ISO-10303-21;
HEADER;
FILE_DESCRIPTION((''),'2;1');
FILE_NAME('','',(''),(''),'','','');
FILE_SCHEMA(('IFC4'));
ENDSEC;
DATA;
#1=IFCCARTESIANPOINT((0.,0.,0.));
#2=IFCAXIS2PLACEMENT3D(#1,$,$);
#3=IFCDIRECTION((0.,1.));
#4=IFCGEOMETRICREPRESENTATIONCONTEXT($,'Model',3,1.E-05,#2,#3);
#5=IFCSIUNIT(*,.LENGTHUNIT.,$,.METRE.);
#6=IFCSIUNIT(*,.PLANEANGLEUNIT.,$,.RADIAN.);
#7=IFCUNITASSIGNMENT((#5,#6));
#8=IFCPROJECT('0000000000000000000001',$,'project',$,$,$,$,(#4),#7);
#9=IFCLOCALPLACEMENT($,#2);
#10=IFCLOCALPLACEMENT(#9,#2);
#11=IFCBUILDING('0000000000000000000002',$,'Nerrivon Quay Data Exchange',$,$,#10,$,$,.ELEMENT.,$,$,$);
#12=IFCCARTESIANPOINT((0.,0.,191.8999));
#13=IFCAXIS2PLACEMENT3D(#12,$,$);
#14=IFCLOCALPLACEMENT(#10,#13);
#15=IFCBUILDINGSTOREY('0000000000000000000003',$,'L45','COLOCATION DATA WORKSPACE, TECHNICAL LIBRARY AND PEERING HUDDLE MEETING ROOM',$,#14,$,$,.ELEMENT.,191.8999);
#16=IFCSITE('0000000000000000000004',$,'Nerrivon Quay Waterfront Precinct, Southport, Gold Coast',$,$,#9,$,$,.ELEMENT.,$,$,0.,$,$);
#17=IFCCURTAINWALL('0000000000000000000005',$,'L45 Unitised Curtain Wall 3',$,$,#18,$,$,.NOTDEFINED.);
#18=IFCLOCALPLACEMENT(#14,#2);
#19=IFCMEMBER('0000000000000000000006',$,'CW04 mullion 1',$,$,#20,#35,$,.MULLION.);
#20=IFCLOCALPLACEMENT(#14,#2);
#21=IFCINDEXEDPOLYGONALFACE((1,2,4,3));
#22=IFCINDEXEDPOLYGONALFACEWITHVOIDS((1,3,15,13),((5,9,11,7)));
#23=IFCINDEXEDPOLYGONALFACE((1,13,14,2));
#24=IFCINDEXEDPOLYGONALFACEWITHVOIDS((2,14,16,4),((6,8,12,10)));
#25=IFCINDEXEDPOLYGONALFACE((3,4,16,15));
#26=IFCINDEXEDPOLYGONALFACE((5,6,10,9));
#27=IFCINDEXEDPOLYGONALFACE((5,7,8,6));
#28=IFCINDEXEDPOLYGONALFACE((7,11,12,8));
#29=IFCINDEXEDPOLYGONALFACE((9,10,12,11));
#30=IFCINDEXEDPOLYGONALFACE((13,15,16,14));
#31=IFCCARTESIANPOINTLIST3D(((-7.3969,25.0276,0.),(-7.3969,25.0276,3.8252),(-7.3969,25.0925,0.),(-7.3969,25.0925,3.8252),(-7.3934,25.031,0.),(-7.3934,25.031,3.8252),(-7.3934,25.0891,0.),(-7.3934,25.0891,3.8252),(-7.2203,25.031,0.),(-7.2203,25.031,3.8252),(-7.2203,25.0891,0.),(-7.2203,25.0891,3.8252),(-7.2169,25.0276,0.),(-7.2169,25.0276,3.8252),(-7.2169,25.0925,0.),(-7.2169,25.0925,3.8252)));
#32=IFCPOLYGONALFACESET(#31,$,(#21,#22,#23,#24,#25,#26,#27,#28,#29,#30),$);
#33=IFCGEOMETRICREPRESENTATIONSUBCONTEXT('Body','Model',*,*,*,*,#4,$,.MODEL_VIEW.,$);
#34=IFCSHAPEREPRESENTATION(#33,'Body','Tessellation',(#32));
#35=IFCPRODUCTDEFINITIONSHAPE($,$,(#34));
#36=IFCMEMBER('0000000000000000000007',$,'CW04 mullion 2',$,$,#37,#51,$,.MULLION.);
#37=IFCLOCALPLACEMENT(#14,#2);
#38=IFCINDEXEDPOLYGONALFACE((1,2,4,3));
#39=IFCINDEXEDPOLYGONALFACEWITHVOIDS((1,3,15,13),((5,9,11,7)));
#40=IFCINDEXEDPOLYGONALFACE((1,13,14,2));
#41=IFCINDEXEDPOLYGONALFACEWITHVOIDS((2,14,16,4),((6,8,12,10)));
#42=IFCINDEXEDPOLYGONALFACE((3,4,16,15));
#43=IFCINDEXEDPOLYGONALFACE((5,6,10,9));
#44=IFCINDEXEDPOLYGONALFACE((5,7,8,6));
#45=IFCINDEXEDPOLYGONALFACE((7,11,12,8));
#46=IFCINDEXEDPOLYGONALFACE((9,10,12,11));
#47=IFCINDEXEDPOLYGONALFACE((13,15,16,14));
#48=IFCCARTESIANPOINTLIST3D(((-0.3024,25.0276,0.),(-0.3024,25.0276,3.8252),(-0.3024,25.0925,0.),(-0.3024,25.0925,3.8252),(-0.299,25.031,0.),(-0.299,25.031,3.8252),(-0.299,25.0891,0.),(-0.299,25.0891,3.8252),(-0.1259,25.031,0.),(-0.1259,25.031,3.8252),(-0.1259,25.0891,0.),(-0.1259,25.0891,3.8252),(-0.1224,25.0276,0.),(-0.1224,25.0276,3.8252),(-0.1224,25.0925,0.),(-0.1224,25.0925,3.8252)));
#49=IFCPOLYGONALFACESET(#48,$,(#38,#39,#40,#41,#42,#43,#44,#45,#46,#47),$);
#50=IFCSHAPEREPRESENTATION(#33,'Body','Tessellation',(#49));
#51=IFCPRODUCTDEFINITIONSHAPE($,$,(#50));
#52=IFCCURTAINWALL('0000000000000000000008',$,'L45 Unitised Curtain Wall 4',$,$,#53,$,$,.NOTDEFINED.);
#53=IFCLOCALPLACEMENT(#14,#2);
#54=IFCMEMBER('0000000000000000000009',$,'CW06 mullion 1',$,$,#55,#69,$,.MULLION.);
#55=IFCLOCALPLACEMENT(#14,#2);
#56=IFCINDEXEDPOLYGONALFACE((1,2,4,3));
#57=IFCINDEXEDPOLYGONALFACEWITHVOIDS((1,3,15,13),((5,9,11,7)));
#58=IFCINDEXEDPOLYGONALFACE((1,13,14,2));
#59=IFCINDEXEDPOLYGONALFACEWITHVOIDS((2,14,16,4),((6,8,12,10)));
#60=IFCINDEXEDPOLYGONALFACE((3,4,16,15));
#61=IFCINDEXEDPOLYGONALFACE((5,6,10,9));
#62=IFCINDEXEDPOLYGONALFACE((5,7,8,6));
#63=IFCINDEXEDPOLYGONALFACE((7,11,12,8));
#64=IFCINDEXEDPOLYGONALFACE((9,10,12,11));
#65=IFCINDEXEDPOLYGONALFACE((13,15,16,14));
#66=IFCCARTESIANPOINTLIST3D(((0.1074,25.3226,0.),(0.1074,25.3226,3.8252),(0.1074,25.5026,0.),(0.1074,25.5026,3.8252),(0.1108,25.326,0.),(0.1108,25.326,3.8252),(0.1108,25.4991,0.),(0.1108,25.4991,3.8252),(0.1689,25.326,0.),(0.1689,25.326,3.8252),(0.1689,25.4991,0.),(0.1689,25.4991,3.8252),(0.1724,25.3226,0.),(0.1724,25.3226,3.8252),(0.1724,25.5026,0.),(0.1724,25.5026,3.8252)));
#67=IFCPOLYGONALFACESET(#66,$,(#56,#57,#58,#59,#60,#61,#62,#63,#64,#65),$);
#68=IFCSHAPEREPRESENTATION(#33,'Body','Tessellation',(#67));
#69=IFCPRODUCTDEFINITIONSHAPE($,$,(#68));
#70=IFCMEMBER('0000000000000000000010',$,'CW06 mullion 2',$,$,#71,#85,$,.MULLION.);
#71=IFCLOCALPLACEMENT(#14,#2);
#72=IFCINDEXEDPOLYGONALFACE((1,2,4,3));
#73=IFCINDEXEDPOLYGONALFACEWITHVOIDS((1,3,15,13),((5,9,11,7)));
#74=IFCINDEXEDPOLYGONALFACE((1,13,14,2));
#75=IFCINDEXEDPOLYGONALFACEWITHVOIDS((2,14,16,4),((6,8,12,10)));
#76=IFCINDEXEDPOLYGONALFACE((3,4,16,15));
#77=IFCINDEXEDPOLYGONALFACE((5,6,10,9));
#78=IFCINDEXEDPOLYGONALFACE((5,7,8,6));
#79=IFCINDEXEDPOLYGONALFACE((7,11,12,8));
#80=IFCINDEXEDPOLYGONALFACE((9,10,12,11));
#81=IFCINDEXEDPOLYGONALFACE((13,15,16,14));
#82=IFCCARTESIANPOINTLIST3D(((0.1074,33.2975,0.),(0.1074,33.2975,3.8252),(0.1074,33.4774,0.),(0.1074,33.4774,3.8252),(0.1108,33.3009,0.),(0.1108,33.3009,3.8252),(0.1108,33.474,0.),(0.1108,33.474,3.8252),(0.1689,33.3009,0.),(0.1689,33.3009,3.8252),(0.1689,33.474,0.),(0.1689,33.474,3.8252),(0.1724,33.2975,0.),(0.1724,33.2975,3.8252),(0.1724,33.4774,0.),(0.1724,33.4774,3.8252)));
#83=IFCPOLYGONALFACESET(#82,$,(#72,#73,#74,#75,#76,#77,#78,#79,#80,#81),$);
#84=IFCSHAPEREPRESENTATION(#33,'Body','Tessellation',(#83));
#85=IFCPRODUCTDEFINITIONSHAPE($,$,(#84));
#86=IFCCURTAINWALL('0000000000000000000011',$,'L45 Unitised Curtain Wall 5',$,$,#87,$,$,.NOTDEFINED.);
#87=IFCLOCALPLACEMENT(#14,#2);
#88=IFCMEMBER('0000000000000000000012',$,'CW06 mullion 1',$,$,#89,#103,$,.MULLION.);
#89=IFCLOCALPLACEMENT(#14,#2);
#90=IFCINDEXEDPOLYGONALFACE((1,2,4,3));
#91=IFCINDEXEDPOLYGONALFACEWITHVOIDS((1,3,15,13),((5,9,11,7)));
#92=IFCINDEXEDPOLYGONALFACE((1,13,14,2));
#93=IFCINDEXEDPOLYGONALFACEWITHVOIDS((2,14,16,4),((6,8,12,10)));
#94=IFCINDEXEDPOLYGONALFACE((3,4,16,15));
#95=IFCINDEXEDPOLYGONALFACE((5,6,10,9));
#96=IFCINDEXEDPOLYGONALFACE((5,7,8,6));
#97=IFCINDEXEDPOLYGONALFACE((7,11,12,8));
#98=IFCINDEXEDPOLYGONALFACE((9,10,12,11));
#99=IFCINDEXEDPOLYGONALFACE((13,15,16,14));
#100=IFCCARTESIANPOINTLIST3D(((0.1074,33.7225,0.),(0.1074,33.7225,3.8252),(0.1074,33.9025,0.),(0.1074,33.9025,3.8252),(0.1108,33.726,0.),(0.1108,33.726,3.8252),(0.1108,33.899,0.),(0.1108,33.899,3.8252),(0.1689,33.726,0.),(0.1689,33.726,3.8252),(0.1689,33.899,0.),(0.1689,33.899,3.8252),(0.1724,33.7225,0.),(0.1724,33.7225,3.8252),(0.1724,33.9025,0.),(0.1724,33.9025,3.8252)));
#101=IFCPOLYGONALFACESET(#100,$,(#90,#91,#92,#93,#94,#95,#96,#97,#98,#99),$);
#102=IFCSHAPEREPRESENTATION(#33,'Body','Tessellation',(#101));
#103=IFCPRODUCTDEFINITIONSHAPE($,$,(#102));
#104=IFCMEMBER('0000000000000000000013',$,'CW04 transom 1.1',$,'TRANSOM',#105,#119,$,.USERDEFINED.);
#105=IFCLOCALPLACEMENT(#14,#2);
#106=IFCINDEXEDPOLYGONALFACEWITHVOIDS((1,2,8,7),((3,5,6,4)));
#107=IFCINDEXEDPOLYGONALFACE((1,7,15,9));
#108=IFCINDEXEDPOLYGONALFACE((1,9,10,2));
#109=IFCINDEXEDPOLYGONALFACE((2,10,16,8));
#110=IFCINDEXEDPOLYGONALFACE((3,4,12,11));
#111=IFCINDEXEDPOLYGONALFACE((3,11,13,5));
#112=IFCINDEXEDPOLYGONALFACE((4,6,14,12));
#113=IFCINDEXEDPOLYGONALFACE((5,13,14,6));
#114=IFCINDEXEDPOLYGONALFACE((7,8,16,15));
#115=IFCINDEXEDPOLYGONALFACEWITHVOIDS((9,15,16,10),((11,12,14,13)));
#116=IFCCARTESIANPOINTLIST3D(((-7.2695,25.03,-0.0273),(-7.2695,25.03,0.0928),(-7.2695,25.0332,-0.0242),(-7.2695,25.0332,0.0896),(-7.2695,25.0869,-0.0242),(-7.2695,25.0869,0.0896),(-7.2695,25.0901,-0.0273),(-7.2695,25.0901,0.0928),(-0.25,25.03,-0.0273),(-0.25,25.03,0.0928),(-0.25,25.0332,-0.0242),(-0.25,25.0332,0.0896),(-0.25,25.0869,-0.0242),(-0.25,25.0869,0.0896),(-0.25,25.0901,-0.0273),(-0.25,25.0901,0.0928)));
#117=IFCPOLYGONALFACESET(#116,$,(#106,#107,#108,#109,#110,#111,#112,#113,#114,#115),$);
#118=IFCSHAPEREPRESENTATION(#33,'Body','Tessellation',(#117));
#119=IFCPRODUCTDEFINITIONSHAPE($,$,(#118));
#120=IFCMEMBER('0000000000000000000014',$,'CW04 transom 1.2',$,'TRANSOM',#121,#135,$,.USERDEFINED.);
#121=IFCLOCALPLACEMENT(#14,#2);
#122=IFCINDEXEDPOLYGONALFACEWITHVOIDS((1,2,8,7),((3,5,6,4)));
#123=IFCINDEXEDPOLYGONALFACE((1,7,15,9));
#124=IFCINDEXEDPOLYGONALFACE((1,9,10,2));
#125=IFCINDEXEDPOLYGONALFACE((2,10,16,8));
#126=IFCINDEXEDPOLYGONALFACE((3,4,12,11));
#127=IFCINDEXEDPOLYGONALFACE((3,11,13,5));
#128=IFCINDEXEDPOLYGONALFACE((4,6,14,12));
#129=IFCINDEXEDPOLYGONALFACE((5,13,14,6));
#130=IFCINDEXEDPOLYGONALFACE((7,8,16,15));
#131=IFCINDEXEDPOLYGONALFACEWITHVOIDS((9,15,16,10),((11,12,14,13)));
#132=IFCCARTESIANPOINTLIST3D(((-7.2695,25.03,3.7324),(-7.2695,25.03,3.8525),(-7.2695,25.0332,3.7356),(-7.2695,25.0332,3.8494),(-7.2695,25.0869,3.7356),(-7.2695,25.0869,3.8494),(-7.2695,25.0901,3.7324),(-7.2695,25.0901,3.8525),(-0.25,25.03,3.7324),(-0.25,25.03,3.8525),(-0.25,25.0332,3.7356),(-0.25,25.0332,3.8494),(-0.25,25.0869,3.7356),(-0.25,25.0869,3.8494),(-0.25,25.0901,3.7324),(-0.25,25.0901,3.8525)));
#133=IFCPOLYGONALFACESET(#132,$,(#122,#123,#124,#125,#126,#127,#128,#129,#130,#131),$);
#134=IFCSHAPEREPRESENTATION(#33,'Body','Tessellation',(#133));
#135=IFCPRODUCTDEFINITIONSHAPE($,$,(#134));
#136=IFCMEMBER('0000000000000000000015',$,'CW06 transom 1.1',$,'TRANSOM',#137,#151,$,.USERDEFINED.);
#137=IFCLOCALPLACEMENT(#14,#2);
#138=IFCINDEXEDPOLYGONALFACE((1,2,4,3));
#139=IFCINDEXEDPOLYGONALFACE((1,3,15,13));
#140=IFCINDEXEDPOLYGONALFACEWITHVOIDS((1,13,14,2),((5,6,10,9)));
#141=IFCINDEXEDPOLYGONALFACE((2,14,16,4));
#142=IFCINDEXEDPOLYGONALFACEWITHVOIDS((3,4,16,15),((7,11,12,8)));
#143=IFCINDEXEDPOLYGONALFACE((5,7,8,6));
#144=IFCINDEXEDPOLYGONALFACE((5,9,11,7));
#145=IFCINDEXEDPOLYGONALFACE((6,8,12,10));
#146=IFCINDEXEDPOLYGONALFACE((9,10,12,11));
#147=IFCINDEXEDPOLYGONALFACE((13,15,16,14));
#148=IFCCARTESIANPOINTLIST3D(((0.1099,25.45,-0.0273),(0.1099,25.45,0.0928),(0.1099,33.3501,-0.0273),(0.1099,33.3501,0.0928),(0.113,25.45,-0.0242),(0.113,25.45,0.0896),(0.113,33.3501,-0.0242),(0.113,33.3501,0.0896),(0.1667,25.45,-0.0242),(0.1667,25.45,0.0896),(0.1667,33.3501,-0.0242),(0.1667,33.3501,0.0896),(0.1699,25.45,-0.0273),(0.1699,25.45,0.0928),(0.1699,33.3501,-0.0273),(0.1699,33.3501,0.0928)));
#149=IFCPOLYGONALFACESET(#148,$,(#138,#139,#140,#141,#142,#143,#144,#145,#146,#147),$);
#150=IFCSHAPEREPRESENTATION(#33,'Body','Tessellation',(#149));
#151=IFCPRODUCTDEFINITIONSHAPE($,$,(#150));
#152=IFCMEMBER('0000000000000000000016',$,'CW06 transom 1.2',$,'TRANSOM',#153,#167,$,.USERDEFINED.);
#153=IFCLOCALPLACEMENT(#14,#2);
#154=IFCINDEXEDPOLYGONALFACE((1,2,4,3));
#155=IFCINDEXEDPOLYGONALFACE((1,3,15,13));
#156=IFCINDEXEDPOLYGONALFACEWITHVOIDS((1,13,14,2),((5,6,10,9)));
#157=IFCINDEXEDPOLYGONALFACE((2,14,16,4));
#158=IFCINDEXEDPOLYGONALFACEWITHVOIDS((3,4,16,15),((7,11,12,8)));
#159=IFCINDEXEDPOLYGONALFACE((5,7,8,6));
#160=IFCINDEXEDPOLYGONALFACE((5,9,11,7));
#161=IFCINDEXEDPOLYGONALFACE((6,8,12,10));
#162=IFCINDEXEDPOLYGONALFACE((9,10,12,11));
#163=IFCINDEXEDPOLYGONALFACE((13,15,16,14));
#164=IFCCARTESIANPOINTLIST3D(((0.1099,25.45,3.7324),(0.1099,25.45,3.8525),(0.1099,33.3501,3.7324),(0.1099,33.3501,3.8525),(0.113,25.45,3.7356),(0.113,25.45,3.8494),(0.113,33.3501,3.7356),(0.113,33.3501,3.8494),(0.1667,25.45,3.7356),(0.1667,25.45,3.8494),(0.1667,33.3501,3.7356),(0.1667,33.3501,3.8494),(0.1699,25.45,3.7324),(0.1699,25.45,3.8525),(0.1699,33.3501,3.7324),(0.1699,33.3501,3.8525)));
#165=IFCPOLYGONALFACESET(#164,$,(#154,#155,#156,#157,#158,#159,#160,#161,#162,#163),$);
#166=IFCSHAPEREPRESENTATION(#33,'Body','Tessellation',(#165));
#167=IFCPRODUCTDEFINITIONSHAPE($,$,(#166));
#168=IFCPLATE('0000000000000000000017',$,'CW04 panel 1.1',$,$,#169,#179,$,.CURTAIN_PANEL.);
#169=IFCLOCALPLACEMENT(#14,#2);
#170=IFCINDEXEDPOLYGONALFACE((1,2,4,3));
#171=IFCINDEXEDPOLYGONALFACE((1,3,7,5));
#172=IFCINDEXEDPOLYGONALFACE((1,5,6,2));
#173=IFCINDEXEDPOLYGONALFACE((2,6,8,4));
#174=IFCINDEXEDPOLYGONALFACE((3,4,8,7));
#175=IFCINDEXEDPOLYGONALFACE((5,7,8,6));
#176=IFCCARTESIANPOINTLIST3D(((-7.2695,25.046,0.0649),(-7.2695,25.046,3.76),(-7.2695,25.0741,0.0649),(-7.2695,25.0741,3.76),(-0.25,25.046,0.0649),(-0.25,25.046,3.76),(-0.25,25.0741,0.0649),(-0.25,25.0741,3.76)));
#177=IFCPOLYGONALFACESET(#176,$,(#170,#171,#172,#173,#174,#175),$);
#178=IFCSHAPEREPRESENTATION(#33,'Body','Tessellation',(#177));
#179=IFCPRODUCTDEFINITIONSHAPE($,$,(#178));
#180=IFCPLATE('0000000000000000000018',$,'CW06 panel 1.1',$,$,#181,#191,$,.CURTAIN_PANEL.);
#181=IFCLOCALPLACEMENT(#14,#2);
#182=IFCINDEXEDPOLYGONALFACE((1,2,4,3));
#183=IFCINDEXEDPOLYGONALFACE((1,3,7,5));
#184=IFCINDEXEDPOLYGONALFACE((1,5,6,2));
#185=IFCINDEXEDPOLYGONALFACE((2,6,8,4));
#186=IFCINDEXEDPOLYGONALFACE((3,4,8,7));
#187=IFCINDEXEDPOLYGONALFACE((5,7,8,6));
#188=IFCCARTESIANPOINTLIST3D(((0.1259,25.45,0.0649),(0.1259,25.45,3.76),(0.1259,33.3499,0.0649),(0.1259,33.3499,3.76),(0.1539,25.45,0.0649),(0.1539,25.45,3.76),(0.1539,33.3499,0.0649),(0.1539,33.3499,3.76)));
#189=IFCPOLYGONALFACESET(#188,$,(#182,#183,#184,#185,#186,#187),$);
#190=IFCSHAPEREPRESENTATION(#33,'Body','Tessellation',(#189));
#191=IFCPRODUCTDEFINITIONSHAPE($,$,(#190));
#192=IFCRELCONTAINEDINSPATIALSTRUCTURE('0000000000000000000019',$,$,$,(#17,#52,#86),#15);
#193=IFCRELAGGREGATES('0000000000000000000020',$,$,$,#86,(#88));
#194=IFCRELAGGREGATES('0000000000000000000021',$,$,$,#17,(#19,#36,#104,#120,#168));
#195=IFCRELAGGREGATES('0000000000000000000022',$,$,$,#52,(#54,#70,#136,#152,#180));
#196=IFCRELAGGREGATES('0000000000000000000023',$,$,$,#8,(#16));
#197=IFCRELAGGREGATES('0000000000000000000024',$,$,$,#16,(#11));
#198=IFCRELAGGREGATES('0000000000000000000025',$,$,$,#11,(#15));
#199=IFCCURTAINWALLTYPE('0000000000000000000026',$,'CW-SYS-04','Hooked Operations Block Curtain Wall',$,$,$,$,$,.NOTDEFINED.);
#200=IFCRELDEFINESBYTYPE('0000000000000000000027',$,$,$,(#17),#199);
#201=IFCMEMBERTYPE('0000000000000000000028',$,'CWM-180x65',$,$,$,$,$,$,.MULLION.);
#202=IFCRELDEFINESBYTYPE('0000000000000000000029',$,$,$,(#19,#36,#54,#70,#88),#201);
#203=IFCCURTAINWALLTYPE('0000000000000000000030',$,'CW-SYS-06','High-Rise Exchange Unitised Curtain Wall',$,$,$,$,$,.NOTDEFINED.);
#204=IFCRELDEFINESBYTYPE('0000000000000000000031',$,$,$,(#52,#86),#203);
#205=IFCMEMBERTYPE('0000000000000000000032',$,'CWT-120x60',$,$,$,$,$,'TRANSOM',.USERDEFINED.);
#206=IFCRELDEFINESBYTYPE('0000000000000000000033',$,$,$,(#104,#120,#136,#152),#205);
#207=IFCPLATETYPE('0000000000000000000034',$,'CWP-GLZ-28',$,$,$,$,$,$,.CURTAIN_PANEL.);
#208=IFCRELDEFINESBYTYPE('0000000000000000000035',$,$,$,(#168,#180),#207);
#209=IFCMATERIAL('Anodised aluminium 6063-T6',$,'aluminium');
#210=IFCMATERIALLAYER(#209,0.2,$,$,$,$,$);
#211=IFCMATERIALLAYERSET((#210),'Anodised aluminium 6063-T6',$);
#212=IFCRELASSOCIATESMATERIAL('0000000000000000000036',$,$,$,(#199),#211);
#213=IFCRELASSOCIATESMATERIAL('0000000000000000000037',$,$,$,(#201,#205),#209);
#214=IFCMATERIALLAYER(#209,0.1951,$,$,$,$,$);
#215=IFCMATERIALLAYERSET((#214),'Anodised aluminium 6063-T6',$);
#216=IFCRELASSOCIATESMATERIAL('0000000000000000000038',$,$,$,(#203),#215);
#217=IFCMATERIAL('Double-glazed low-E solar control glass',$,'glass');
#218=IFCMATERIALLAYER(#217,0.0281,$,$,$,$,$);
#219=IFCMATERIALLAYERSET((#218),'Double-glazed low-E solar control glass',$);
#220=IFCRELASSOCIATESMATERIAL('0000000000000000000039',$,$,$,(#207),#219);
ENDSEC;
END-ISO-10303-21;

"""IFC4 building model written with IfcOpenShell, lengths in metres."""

from ifc_helpers import new_model, si_unit, direction, frame, origin, origin_2d, place, context, subcontext, project, spatial, rectangle, hollow_rectangle, extrude, material, layer, layer_set, material_profile, profile_set, type_object, element, aggregate, save


model = new_model("IFC4")

# Units and contexts
model_context = context("Model", 3, precision=1e-05, world=origin(), true_north=direction((0.0, 1.0)))
body_context = subcontext(model_context, "Body", "Model", "MODEL_VIEW")
ifc_project = project(units=[si_unit("LENGTHUNIT", "METRE"), si_unit("PLANEANGLEUNIT", "RADIAN")], contexts=[model_context])

# Site, building, storey
site_placement = place(None, origin())
site = spatial("IfcSite", under=ifc_project, at=site_placement, Name="Nerrivon Quay Waterfront Precinct, Southport, Gold Coast", CompositionType="ELEMENT", RefElevation=0.0)
building_placement = place(site_placement, origin())
building = spatial("IfcBuilding", under=site, at=building_placement, Name="Nerrivon Quay Data Exchange", CompositionType="ELEMENT")
storey_placement = place(building_placement, frame((0.0, 0.0, 191.8999)))
storey = spatial("IfcBuildingStorey", under=building, at=storey_placement, Name="L45", Description="COLOCATION DATA WORKSPACE, TECHNICAL LIBRARY AND PEERING HUDDLE MEETING ROOM", CompositionType="ELEMENT", Elevation=191.8999)

# Curtain walls, members
ifc_material_1 = material(Name="Anodised aluminium 6063-T6", Category="aluminium")
ifc_layer_1 = layer(ifc_material_1, 0.2)
ifc_layer_set_1 = layer_set([ifc_layer_1], Name="Anodised aluminium 6063-T6")
curtain_wall_type_1 = type_object("IfcCurtainWallType", Name="CW-SYS-04", Description="Hooked Operations Block Curtain Wall", PredefinedType="NOTDEFINED", material=ifc_layer_set_1)
curtain_wall_1_placement = place(storey_placement, origin())
curtain_wall_1 = element("IfcCurtainWall", 1, at=curtain_wall_1_placement, inside=storey, type_object=curtain_wall_type_1, Name="L45 Unitised Curtain Wall 3", PredefinedType="NOTDEFINED")
ifc_material_profile_1 = material_profile(ifc_material_1, hollow_rectangle(XDim=0.0649, YDim=0.1799, WallThickness=0.0034, at=origin_2d()), Name="ALU-MULL-180x65")
ifc_profile_set_1 = profile_set([ifc_material_profile_1], Name="Anodised aluminium 6063-T6")
member_type_1 = type_object("IfcMemberType", Name="CWM-180x65", PredefinedType="MULLION", material=ifc_profile_set_1)
member_1_placement = place(storey_placement, frame((-7.3069, 25.0601, 0.0), z_axis=(0.0, 0.0, 1.0), x_axis=(0.0, 1.0, 0.0)))
member_1 = element("IfcMember", 2, at=member_1_placement, type_object=member_type_1, Name="CW04 mullion 1", PredefinedType="MULLION", context=body_context, shape_type="SweptSolid", body=[
    extrude(hollow_rectangle(XDim=0.0649, YDim=0.1799, WallThickness=0.0034, at=origin_2d()), origin(), (0.0, 0.0, 1.0), 3.8252),
])
member_2_placement = place(storey_placement, frame((-0.2124, 25.0601, 0.0), z_axis=(0.0, 0.0, 1.0), x_axis=(0.0, 1.0, 0.0)))
member_2 = element("IfcMember", 3, at=member_2_placement, type_object=member_type_1, Name="CW04 mullion 2", PredefinedType="MULLION", context=body_context, shape_type="SweptSolid", body=[
    extrude(hollow_rectangle(XDim=0.0649, YDim=0.1799, WallThickness=0.0034, at=origin_2d()), origin(), (0.0, 0.0, 1.0), 3.8252),
])
ifc_layer_2 = layer(ifc_material_1, 0.1951)
ifc_layer_set_2 = layer_set([ifc_layer_2], Name="Anodised aluminium 6063-T6")
curtain_wall_type_2 = type_object("IfcCurtainWallType", Name="CW-SYS-06", Description="High-Rise Exchange Unitised Curtain Wall", PredefinedType="NOTDEFINED", material=ifc_layer_set_2)
curtain_wall_2_placement = place(storey_placement, origin())
curtain_wall_2 = element("IfcCurtainWall", 4, at=curtain_wall_2_placement, inside=storey, type_object=curtain_wall_type_2, Name="L45 Unitised Curtain Wall 4", PredefinedType="NOTDEFINED")
member_3_placement = place(storey_placement, frame((0.1399, 25.4126, 0.0), z_axis=(0.0, 0.0, 1.0), x_axis=(-1.0, 0.0, 0.0)))
member_3 = element("IfcMember", 5, at=member_3_placement, type_object=member_type_1, Name="CW06 mullion 1", PredefinedType="MULLION", context=body_context, shape_type="SweptSolid", body=[
    extrude(hollow_rectangle(XDim=0.0649, YDim=0.1799, WallThickness=0.0034, at=origin_2d()), origin(), (0.0, 0.0, 1.0), 3.8252),
])
member_4_placement = place(storey_placement, frame((0.1399, 33.3875, 0.0), z_axis=(0.0, 0.0, 1.0), x_axis=(-1.0, 0.0, 0.0)))
member_4 = element("IfcMember", 6, at=member_4_placement, type_object=member_type_1, Name="CW06 mullion 2", PredefinedType="MULLION", context=body_context, shape_type="SweptSolid", body=[
    extrude(hollow_rectangle(XDim=0.0649, YDim=0.1799, WallThickness=0.0034, at=origin_2d()), origin(), (0.0, 0.0, 1.0), 3.8252),
])

# Curtain wall, member
curtain_wall_3_placement = place(storey_placement, origin())
curtain_wall_3 = element("IfcCurtainWall", 7, at=curtain_wall_3_placement, inside=storey, type_object=curtain_wall_type_2, Name="L45 Unitised Curtain Wall 5", PredefinedType="NOTDEFINED")
member_5_placement = place(storey_placement, frame((0.1399, 33.8125, 0.0), z_axis=(0.0, 0.0, 1.0), x_axis=(-1.0, 0.0, 0.0)))
member_5 = element("IfcMember", 8, at=member_5_placement, type_object=member_type_1, Name="CW06 mullion 1", PredefinedType="MULLION", context=body_context, shape_type="SweptSolid", body=[
    extrude(hollow_rectangle(XDim=0.0649, YDim=0.1799, WallThickness=0.0034, at=origin_2d()), origin(), (0.0, 0.0, 1.0), 3.8252),
])
aggregate(curtain_wall_3, [member_5])

# Members
ifc_material_profile_2 = material_profile(ifc_material_1, hollow_rectangle(XDim=0.0601, YDim=0.1201, WallThickness=0.0032, at=origin_2d()), Name="ALU-TRAN-120x60")
ifc_profile_set_2 = profile_set([ifc_material_profile_2], Name="Anodised aluminium 6063-T6")
member_type_2 = type_object("IfcMemberType", Name="CWT-120x60", ElementType="TRANSOM", PredefinedType="USERDEFINED", material=ifc_profile_set_2)
member_6_placement = place(storey_placement, frame((-7.2695, 25.0601, 0.0327), z_axis=(1.0, 0.0, 0.0), x_axis=(0.0, 1.0, 0.0)))
member_6 = element("IfcMember", 9, at=member_6_placement, type_object=member_type_2, Name="CW04 transom 1.1", ObjectType="TRANSOM", PredefinedType="USERDEFINED", context=body_context, shape_type="SweptSolid", body=[
    extrude(hollow_rectangle(XDim=0.0601, YDim=0.1201, WallThickness=0.0032, at=origin_2d()), origin(), (0.0, 0.0, 1.0), 7.0195),
])
member_7_placement = place(storey_placement, frame((-7.2695, 25.0601, 3.7925), z_axis=(1.0, 0.0, 0.0), x_axis=(0.0, 1.0, 0.0)))
member_7 = element("IfcMember", 10, at=member_7_placement, type_object=member_type_2, Name="CW04 transom 1.2", ObjectType="TRANSOM", PredefinedType="USERDEFINED", context=body_context, shape_type="SweptSolid", body=[
    extrude(hollow_rectangle(XDim=0.0601, YDim=0.1201, WallThickness=0.0032, at=origin_2d()), origin(), (0.0, 0.0, 1.0), 7.0195),
])
member_8_placement = place(storey_placement, frame((0.1399, 25.45, 0.0327), z_axis=(0.0, 1.0, 0.0), x_axis=(-1.0, 0.0, 0.0)))
member_8 = element("IfcMember", 11, at=member_8_placement, type_object=member_type_2, Name="CW06 transom 1.1", ObjectType="TRANSOM", PredefinedType="USERDEFINED", context=body_context, shape_type="SweptSolid", body=[
    extrude(hollow_rectangle(XDim=0.0601, YDim=0.1201, WallThickness=0.0032, at=origin_2d()), origin(), (0.0, 0.0, 1.0), 7.9001),
])
member_9_placement = place(storey_placement, frame((0.1399, 25.45, 3.7925), z_axis=(0.0, 1.0, 0.0), x_axis=(-1.0, 0.0, 0.0)))
member_9 = element("IfcMember", 12, at=member_9_placement, type_object=member_type_2, Name="CW06 transom 1.2", ObjectType="TRANSOM", PredefinedType="USERDEFINED", context=body_context, shape_type="SweptSolid", body=[
    extrude(hollow_rectangle(XDim=0.0601, YDim=0.1201, WallThickness=0.0032, at=origin_2d()), origin(), (0.0, 0.0, 1.0), 7.9001),
])

# Plates
ifc_material_2 = material(Name="Double-glazed low-E solar control glass", Category="glass")
ifc_layer_3 = layer(ifc_material_2, 0.0281)
ifc_layer_set_3 = layer_set([ifc_layer_3], Name="Double-glazed low-E solar control glass")
plate_type = type_object("IfcPlateType", Name="CWP-GLZ-28", PredefinedType="CURTAIN_PANEL", material=ifc_layer_set_3)
plate_1_placement = place(storey_placement, frame((-3.7598, 25.0601, 0.0649), z_axis=(0.0, 0.0, 1.0), x_axis=(1.0, 0.0, 0.0)))
plate_1 = element("IfcPlate", 13, at=plate_1_placement, type_object=plate_type, Name="CW04 panel 1.1", PredefinedType="CURTAIN_PANEL", context=body_context, shape_type="SweptSolid", body=[
    extrude(rectangle(XDim=7.0195, YDim=0.0281, at=origin_2d()), origin(), (0.0, 0.0, 1.0), 3.6951),
])
aggregate(curtain_wall_1, [member_1, member_2, member_6, member_7, plate_1])
plate_2_placement = place(storey_placement, frame((0.1399, 29.3999, 0.0649), z_axis=(0.0, 0.0, 1.0), x_axis=(0.0, 1.0, 0.0)))
plate_2 = element("IfcPlate", 14, at=plate_2_placement, type_object=plate_type, Name="CW06 panel 1.1", PredefinedType="CURTAIN_PANEL", context=body_context, shape_type="SweptSolid", body=[
    extrude(rectangle(XDim=7.8999, YDim=0.0281, at=origin_2d()), origin(), (0.0, 0.0, 1.0), 3.6951),
])
aggregate(curtain_wall_2, [member_3, member_4, member_8, member_9, plate_2])

save(model, "model.ifc")
